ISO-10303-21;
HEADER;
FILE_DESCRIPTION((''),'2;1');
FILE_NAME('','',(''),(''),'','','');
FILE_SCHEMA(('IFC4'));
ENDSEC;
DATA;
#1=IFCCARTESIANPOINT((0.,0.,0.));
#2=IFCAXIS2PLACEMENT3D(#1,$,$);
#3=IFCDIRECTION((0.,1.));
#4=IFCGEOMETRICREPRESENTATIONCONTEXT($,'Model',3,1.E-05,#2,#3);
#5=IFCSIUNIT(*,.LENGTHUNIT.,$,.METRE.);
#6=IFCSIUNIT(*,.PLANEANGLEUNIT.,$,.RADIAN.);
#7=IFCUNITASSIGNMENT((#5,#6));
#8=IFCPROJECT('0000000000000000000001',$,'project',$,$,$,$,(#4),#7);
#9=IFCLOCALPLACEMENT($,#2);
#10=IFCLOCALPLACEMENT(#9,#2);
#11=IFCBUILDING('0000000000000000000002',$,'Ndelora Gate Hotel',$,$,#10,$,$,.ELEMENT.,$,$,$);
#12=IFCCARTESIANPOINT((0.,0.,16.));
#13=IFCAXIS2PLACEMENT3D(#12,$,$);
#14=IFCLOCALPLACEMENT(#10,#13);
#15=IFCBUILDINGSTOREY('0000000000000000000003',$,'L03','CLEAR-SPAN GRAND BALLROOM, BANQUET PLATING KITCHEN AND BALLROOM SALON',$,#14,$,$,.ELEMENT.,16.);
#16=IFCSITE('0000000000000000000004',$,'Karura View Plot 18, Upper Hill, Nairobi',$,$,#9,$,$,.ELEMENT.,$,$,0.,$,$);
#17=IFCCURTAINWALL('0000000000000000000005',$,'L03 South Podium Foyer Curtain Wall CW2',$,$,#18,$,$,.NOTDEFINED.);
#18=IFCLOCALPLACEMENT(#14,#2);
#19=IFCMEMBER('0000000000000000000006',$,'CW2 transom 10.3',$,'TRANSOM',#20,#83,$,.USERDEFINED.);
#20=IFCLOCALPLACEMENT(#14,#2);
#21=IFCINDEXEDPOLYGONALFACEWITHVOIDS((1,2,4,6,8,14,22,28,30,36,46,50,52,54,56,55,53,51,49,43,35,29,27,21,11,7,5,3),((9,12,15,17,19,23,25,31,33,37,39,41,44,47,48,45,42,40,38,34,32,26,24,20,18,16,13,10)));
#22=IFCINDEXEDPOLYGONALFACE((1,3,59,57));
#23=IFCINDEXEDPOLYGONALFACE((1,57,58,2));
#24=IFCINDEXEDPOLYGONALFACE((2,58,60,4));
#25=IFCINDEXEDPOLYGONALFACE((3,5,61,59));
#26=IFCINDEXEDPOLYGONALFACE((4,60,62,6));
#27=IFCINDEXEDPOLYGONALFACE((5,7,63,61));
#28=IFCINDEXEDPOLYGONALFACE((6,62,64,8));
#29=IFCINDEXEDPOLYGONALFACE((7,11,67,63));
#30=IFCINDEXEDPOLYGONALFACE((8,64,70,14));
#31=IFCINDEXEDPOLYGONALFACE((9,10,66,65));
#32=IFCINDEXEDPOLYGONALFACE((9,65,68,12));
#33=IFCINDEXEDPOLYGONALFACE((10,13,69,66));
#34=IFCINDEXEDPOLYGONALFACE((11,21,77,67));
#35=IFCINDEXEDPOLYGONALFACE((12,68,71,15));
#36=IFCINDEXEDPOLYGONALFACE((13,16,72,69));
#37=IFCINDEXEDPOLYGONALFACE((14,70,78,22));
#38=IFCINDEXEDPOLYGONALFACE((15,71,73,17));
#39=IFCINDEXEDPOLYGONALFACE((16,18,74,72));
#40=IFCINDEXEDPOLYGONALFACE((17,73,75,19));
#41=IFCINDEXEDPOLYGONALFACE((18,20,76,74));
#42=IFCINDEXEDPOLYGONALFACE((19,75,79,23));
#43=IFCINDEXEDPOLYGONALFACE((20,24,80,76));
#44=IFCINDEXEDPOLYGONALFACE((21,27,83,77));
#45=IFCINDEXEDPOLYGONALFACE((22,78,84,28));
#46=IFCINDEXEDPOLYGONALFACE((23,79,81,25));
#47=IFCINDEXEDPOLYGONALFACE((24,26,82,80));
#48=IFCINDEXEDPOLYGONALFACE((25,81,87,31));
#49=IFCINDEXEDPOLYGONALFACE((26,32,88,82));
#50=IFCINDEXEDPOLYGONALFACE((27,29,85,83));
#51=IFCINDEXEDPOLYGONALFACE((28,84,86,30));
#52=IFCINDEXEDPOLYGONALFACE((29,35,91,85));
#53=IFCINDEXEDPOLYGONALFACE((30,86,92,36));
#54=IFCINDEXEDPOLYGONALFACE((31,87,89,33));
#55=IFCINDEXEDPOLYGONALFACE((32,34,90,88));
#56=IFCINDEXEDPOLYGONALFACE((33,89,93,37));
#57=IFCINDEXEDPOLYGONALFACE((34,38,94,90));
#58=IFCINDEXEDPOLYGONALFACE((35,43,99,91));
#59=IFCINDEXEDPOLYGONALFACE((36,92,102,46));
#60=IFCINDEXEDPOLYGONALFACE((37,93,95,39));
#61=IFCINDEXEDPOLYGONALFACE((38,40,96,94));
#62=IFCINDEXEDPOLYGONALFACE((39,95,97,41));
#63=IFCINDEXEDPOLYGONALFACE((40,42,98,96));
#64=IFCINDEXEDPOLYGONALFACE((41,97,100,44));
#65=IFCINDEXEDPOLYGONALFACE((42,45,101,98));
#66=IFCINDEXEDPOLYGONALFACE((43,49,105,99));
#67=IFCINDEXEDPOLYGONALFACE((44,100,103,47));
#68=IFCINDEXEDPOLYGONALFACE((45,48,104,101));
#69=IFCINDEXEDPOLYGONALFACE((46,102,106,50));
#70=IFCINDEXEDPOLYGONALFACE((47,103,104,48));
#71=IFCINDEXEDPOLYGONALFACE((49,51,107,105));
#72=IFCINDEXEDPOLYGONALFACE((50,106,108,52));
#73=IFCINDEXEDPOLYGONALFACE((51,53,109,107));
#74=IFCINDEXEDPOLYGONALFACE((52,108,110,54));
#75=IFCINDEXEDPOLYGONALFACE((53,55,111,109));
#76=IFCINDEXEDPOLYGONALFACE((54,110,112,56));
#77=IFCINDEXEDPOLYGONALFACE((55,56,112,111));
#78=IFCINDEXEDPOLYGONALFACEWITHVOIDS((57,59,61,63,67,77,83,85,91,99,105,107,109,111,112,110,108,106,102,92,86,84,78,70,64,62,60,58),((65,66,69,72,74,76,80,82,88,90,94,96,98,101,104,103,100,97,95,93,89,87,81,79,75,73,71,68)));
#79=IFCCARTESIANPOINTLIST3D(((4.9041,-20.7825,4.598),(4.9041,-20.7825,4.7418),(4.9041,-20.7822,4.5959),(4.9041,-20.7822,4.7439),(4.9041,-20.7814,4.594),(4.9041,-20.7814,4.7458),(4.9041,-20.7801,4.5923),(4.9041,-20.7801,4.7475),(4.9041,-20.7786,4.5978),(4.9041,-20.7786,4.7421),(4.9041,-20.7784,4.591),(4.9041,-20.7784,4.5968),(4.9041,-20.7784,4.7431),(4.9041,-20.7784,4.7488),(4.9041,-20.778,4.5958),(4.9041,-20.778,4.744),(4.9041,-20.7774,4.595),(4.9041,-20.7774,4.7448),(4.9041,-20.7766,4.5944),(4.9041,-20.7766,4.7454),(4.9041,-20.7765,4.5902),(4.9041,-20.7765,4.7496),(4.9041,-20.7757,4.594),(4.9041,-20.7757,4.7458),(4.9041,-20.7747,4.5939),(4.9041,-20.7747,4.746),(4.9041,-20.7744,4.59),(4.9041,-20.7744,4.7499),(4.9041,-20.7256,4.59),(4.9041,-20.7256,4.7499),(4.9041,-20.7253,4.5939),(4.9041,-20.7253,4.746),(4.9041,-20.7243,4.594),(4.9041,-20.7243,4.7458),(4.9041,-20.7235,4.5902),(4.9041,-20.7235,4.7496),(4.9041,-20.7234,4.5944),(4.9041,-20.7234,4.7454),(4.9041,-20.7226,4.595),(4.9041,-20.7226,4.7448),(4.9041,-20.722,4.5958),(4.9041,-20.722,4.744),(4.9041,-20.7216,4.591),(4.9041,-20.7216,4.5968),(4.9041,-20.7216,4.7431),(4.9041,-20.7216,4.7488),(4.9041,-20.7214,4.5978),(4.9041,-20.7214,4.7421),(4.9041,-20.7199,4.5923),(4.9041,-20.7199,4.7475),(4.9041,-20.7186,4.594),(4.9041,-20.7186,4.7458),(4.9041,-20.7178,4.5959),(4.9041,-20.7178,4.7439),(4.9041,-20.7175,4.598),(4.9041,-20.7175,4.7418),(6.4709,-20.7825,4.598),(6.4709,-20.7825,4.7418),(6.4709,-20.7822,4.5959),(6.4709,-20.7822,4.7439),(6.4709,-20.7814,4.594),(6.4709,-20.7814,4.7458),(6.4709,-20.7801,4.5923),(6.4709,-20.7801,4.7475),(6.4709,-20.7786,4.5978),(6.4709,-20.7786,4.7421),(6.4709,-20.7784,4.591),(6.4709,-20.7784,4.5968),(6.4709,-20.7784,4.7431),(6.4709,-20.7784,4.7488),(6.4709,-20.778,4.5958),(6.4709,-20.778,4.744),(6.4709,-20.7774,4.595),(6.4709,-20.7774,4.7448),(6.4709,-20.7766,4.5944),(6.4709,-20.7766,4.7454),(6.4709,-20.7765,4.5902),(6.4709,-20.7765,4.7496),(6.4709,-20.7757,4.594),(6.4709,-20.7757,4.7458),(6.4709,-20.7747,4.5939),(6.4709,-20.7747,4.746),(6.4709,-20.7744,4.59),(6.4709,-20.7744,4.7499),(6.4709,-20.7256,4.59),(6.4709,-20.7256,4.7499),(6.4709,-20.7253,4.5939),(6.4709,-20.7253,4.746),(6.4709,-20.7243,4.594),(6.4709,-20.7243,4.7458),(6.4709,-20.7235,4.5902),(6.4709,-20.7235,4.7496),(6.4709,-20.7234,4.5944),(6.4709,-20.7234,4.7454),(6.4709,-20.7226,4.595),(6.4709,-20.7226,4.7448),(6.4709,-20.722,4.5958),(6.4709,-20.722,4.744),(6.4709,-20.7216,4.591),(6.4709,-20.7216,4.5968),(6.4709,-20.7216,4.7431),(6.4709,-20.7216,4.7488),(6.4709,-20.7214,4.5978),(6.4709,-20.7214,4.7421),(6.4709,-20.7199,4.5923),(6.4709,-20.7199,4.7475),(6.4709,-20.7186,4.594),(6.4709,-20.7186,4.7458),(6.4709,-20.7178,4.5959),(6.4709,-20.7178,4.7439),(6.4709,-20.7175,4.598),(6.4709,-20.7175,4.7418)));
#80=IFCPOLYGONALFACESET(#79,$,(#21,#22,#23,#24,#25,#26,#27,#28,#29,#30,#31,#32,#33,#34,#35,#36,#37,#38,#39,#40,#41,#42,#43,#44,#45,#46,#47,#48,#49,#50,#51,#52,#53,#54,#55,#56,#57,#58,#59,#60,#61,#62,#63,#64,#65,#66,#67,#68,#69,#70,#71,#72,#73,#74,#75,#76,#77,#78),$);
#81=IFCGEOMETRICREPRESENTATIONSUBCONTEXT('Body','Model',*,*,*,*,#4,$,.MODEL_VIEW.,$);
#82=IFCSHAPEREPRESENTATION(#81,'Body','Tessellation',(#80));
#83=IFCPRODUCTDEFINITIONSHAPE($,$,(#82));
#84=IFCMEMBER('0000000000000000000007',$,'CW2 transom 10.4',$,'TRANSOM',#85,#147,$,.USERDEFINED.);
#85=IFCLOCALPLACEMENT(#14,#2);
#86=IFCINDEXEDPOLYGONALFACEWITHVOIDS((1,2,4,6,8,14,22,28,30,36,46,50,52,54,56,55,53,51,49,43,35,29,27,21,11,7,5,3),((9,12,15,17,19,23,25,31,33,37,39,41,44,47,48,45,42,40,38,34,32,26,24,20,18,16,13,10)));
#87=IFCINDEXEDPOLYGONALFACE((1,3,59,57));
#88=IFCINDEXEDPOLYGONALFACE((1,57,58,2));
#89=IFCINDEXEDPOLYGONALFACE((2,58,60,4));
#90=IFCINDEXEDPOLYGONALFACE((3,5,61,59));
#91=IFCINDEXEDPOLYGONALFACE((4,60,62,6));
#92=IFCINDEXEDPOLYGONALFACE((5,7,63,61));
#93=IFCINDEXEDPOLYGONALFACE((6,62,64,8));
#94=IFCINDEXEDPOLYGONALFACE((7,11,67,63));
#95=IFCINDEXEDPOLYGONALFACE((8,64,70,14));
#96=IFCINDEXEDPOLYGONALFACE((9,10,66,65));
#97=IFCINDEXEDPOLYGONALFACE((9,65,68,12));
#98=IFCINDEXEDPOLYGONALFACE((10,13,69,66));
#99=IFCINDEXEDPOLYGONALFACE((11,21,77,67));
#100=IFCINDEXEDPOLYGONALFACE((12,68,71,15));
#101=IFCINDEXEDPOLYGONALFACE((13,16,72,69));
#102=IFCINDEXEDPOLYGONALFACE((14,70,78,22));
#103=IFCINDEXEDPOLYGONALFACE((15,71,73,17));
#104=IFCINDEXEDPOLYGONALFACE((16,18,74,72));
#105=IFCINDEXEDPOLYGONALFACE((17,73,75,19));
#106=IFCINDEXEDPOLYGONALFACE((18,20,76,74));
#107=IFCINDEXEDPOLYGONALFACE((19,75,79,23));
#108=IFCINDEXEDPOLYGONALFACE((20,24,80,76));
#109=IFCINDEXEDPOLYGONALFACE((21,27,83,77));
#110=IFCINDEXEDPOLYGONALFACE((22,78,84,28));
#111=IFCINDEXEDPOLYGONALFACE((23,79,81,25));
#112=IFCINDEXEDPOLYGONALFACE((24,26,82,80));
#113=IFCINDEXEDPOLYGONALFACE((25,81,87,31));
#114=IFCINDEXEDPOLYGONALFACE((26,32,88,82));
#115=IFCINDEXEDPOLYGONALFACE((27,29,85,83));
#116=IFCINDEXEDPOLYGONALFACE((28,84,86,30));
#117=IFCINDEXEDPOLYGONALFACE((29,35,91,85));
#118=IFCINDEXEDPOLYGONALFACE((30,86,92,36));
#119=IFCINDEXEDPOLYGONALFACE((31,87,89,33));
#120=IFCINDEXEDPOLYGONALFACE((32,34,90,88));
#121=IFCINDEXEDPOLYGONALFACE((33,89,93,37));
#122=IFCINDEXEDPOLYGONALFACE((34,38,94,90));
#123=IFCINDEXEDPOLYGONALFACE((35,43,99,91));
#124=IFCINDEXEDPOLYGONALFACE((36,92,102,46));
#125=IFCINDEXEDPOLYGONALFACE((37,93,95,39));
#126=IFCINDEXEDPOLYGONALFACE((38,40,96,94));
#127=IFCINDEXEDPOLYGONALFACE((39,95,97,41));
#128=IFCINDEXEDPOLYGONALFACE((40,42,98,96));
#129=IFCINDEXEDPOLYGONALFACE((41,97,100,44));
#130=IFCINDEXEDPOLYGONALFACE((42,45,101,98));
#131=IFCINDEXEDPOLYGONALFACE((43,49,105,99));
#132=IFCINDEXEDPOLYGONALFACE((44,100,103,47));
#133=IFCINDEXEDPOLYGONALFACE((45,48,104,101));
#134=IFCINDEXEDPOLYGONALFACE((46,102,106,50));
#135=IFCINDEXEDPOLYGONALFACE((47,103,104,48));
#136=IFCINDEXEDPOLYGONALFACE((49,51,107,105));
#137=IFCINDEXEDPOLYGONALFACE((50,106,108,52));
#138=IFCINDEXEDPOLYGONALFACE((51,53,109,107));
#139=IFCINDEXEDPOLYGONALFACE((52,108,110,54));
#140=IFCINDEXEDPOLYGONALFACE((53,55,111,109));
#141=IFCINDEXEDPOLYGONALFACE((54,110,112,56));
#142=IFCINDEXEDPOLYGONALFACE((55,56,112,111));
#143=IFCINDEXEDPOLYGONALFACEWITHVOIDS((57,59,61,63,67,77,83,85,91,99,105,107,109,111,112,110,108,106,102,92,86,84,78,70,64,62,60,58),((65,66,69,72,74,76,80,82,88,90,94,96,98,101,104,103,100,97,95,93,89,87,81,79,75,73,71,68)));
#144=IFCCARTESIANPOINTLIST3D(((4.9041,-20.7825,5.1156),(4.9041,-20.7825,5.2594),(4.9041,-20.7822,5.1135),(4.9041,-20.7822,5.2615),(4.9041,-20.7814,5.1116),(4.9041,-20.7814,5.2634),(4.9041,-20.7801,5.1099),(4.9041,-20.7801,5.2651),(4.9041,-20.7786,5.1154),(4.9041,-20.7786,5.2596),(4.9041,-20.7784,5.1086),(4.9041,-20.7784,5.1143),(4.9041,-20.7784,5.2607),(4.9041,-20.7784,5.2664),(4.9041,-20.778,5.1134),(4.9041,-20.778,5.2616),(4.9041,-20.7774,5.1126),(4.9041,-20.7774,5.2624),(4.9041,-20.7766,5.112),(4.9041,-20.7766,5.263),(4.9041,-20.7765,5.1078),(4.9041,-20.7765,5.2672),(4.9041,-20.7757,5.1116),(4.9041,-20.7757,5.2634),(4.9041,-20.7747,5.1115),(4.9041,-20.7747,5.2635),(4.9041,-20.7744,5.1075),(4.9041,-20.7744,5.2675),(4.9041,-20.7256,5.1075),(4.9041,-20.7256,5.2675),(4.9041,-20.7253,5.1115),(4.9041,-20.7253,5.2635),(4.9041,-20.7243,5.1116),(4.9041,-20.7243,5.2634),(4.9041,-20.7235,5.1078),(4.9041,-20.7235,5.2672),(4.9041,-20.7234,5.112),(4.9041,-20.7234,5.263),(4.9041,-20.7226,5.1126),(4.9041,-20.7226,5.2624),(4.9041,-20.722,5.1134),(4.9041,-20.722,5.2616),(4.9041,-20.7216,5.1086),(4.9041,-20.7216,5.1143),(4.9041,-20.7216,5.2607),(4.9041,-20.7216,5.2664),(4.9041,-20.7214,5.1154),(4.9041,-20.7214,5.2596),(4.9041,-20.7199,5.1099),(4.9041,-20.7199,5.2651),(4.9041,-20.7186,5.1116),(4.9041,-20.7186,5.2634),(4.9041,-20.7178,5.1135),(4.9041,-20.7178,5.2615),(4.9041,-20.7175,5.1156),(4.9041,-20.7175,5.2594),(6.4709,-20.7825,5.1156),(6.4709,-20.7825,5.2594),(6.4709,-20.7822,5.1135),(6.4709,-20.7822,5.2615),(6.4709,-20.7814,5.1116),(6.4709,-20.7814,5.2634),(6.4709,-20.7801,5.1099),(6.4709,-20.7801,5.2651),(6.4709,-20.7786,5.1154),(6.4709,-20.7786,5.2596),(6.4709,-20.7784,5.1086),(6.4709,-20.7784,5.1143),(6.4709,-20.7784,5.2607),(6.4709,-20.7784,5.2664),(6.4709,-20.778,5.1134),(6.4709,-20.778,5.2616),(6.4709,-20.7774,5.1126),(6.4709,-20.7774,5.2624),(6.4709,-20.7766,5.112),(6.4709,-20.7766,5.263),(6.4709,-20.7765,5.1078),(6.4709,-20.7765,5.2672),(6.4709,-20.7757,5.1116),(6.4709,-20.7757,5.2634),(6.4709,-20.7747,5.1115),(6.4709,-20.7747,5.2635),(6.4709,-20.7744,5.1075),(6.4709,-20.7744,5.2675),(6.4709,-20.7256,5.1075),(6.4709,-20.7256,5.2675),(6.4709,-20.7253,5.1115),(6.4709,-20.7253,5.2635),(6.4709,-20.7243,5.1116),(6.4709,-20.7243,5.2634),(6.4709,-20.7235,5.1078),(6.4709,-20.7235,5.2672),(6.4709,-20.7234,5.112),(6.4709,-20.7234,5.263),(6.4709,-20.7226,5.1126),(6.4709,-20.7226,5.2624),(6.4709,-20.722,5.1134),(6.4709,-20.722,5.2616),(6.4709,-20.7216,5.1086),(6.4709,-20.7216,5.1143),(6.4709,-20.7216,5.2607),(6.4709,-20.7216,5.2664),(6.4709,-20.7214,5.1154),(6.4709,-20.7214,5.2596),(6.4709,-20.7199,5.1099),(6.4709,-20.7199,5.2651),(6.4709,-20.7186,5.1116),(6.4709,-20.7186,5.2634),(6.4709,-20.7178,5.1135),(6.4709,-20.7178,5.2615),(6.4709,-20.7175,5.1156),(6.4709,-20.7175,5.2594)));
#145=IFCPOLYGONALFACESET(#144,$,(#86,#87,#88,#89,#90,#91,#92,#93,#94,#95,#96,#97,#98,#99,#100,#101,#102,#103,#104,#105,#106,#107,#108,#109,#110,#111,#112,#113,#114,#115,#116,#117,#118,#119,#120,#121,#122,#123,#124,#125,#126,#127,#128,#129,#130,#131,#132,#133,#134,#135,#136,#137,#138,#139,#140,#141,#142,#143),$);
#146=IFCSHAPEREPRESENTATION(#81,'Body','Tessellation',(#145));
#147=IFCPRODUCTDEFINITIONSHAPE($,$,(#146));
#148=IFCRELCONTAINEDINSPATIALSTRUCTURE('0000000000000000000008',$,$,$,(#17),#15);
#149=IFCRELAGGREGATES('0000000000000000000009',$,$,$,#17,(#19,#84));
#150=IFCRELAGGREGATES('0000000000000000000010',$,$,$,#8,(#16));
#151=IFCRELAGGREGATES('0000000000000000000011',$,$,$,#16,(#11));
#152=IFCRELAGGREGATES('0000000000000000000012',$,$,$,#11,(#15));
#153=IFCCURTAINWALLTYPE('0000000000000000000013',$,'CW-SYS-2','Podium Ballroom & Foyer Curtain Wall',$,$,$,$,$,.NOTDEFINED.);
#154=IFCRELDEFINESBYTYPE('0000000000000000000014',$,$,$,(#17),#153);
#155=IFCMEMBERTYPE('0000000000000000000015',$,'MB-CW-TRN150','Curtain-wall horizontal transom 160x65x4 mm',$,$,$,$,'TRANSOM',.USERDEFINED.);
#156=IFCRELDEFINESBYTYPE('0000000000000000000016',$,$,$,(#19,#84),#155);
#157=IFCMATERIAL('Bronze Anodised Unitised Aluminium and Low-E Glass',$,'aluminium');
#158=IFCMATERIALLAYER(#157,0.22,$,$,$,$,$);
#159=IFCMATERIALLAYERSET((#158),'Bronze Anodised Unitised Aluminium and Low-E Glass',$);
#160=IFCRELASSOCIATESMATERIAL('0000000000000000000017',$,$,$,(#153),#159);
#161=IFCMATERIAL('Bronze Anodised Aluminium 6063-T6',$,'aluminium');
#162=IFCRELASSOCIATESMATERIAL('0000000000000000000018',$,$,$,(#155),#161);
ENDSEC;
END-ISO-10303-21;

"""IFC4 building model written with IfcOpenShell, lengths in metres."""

from ifc_helpers import new_model, si_unit, direction, frame, origin, origin_2d, place, context, subcontext, project, spatial, hollow_rectangle, extrude, material, layer, layer_set, material_profile, profile_set, type_object, element, aggregate, save


model = new_model("IFC4")

# Units and contexts
model_context = context("Model", 3, precision=1e-05, world=origin(), true_north=direction((0.0, 1.0)))
body_context = subcontext(model_context, "Body", "Model", "MODEL_VIEW")
ifc_project = project(units=[si_unit("LENGTHUNIT", "METRE"), si_unit("PLANEANGLEUNIT", "RADIAN")], contexts=[model_context])

# Site, building, storey
site_placement = place(None, origin())
site = spatial("IfcSite", under=ifc_project, at=site_placement, Name="Karura View Plot 18, Upper Hill, Nairobi", CompositionType="ELEMENT", RefElevation=0.0)
building_placement = place(site_placement, origin())
building = spatial("IfcBuilding", under=site, at=building_placement, Name="Ndelora Gate Hotel", CompositionType="ELEMENT")
storey_placement = place(building_placement, frame((0.0, 0.0, 16.0)))
storey = spatial("IfcBuildingStorey", under=building, at=storey_placement, Name="L03", Description="CLEAR-SPAN GRAND BALLROOM, BANQUET PLATING KITCHEN AND BALLROOM SALON", CompositionType="ELEMENT", Elevation=16.0)

# Curtain wall, members
ifc_material_1 = material(Name="Bronze Anodised Unitised Aluminium and Low-E Glass", Category="aluminium")
ifc_layer_1 = layer(ifc_material_1, 0.22)
ifc_layer_set_1 = layer_set([ifc_layer_1], Name="Bronze Anodised Unitised Aluminium and Low-E Glass")
curtain_wall_type = type_object("IfcCurtainWallType", Name="CW-SYS-2", Description="Podium Ballroom & Foyer Curtain Wall", PredefinedType="NOTDEFINED", material=ifc_layer_set_1)
curtain_wall_placement = place(storey_placement, origin())
curtain_wall = element("IfcCurtainWall", 1, at=curtain_wall_placement, inside=storey, type_object=curtain_wall_type, Name="L03 South Podium Foyer Curtain Wall CW2", PredefinedType="NOTDEFINED")
ifc_material_2 = material(Name="Bronze Anodised Aluminium 6063-T6", Category="aluminium")
ifc_material_profile_1 = material_profile(ifc_material_2, hollow_rectangle(XDim=0.0649, YDim=0.1599, WallThickness=0.0039, InnerFilletRadius=0.0039, OuterFilletRadius=0.0081, at=origin_2d()), Name="ALU 160x65x4")
ifc_profile_set_1 = profile_set([ifc_material_profile_1], Name="Bronze Anodised Aluminium 6063-T6")
member_type_1 = type_object("IfcMemberType", Name="MB-CW-TRN150", Description="Curtain-wall horizontal transom 160x65x4 mm", ElementType="TRANSOM", PredefinedType="USERDEFINED", material=ifc_profile_set_1)
member_1_placement = place(storey_placement, frame((4.9041, -20.75, 4.6699), z_axis=(1.0, 0.0, 0.0), x_axis=(0.0, 1.0, 0.0)))
member_1 = element("IfcMember", 2, at=member_1_placement, type_object=member_type_1, Name="CW2 transom 10.3", ObjectType="TRANSOM", PredefinedType="USERDEFINED", context=body_context, shape_type="SweptSolid", body=[
    extrude(hollow_rectangle(XDim=0.0649, YDim=0.1599, WallThickness=0.0039, InnerFilletRadius=0.0039, OuterFilletRadius=0.0081, at=origin_2d()), origin(), (0.0, 0.0, 1.0), 1.5669),
])
member_2_placement = place(storey_placement, frame((4.9041, -20.75, 5.1875), z_axis=(1.0, 0.0, 0.0), x_axis=(0.0, 1.0, 0.0)))
member_2 = element("IfcMember", 3, at=member_2_placement, type_object=member_type_1, Name="CW2 transom 10.4", ObjectType="TRANSOM", PredefinedType="USERDEFINED", context=body_context, shape_type="SweptSolid", body=[
    extrude(hollow_rectangle(XDim=0.0649, YDim=0.1599, WallThickness=0.0039, InnerFilletRadius=0.0039, OuterFilletRadius=0.0081, at=origin_2d()), origin(), (0.0, 0.0, 1.0), 1.5669),
])
aggregate(curtain_wall, [member_1, member_2])

save(model, "model.ifc")
